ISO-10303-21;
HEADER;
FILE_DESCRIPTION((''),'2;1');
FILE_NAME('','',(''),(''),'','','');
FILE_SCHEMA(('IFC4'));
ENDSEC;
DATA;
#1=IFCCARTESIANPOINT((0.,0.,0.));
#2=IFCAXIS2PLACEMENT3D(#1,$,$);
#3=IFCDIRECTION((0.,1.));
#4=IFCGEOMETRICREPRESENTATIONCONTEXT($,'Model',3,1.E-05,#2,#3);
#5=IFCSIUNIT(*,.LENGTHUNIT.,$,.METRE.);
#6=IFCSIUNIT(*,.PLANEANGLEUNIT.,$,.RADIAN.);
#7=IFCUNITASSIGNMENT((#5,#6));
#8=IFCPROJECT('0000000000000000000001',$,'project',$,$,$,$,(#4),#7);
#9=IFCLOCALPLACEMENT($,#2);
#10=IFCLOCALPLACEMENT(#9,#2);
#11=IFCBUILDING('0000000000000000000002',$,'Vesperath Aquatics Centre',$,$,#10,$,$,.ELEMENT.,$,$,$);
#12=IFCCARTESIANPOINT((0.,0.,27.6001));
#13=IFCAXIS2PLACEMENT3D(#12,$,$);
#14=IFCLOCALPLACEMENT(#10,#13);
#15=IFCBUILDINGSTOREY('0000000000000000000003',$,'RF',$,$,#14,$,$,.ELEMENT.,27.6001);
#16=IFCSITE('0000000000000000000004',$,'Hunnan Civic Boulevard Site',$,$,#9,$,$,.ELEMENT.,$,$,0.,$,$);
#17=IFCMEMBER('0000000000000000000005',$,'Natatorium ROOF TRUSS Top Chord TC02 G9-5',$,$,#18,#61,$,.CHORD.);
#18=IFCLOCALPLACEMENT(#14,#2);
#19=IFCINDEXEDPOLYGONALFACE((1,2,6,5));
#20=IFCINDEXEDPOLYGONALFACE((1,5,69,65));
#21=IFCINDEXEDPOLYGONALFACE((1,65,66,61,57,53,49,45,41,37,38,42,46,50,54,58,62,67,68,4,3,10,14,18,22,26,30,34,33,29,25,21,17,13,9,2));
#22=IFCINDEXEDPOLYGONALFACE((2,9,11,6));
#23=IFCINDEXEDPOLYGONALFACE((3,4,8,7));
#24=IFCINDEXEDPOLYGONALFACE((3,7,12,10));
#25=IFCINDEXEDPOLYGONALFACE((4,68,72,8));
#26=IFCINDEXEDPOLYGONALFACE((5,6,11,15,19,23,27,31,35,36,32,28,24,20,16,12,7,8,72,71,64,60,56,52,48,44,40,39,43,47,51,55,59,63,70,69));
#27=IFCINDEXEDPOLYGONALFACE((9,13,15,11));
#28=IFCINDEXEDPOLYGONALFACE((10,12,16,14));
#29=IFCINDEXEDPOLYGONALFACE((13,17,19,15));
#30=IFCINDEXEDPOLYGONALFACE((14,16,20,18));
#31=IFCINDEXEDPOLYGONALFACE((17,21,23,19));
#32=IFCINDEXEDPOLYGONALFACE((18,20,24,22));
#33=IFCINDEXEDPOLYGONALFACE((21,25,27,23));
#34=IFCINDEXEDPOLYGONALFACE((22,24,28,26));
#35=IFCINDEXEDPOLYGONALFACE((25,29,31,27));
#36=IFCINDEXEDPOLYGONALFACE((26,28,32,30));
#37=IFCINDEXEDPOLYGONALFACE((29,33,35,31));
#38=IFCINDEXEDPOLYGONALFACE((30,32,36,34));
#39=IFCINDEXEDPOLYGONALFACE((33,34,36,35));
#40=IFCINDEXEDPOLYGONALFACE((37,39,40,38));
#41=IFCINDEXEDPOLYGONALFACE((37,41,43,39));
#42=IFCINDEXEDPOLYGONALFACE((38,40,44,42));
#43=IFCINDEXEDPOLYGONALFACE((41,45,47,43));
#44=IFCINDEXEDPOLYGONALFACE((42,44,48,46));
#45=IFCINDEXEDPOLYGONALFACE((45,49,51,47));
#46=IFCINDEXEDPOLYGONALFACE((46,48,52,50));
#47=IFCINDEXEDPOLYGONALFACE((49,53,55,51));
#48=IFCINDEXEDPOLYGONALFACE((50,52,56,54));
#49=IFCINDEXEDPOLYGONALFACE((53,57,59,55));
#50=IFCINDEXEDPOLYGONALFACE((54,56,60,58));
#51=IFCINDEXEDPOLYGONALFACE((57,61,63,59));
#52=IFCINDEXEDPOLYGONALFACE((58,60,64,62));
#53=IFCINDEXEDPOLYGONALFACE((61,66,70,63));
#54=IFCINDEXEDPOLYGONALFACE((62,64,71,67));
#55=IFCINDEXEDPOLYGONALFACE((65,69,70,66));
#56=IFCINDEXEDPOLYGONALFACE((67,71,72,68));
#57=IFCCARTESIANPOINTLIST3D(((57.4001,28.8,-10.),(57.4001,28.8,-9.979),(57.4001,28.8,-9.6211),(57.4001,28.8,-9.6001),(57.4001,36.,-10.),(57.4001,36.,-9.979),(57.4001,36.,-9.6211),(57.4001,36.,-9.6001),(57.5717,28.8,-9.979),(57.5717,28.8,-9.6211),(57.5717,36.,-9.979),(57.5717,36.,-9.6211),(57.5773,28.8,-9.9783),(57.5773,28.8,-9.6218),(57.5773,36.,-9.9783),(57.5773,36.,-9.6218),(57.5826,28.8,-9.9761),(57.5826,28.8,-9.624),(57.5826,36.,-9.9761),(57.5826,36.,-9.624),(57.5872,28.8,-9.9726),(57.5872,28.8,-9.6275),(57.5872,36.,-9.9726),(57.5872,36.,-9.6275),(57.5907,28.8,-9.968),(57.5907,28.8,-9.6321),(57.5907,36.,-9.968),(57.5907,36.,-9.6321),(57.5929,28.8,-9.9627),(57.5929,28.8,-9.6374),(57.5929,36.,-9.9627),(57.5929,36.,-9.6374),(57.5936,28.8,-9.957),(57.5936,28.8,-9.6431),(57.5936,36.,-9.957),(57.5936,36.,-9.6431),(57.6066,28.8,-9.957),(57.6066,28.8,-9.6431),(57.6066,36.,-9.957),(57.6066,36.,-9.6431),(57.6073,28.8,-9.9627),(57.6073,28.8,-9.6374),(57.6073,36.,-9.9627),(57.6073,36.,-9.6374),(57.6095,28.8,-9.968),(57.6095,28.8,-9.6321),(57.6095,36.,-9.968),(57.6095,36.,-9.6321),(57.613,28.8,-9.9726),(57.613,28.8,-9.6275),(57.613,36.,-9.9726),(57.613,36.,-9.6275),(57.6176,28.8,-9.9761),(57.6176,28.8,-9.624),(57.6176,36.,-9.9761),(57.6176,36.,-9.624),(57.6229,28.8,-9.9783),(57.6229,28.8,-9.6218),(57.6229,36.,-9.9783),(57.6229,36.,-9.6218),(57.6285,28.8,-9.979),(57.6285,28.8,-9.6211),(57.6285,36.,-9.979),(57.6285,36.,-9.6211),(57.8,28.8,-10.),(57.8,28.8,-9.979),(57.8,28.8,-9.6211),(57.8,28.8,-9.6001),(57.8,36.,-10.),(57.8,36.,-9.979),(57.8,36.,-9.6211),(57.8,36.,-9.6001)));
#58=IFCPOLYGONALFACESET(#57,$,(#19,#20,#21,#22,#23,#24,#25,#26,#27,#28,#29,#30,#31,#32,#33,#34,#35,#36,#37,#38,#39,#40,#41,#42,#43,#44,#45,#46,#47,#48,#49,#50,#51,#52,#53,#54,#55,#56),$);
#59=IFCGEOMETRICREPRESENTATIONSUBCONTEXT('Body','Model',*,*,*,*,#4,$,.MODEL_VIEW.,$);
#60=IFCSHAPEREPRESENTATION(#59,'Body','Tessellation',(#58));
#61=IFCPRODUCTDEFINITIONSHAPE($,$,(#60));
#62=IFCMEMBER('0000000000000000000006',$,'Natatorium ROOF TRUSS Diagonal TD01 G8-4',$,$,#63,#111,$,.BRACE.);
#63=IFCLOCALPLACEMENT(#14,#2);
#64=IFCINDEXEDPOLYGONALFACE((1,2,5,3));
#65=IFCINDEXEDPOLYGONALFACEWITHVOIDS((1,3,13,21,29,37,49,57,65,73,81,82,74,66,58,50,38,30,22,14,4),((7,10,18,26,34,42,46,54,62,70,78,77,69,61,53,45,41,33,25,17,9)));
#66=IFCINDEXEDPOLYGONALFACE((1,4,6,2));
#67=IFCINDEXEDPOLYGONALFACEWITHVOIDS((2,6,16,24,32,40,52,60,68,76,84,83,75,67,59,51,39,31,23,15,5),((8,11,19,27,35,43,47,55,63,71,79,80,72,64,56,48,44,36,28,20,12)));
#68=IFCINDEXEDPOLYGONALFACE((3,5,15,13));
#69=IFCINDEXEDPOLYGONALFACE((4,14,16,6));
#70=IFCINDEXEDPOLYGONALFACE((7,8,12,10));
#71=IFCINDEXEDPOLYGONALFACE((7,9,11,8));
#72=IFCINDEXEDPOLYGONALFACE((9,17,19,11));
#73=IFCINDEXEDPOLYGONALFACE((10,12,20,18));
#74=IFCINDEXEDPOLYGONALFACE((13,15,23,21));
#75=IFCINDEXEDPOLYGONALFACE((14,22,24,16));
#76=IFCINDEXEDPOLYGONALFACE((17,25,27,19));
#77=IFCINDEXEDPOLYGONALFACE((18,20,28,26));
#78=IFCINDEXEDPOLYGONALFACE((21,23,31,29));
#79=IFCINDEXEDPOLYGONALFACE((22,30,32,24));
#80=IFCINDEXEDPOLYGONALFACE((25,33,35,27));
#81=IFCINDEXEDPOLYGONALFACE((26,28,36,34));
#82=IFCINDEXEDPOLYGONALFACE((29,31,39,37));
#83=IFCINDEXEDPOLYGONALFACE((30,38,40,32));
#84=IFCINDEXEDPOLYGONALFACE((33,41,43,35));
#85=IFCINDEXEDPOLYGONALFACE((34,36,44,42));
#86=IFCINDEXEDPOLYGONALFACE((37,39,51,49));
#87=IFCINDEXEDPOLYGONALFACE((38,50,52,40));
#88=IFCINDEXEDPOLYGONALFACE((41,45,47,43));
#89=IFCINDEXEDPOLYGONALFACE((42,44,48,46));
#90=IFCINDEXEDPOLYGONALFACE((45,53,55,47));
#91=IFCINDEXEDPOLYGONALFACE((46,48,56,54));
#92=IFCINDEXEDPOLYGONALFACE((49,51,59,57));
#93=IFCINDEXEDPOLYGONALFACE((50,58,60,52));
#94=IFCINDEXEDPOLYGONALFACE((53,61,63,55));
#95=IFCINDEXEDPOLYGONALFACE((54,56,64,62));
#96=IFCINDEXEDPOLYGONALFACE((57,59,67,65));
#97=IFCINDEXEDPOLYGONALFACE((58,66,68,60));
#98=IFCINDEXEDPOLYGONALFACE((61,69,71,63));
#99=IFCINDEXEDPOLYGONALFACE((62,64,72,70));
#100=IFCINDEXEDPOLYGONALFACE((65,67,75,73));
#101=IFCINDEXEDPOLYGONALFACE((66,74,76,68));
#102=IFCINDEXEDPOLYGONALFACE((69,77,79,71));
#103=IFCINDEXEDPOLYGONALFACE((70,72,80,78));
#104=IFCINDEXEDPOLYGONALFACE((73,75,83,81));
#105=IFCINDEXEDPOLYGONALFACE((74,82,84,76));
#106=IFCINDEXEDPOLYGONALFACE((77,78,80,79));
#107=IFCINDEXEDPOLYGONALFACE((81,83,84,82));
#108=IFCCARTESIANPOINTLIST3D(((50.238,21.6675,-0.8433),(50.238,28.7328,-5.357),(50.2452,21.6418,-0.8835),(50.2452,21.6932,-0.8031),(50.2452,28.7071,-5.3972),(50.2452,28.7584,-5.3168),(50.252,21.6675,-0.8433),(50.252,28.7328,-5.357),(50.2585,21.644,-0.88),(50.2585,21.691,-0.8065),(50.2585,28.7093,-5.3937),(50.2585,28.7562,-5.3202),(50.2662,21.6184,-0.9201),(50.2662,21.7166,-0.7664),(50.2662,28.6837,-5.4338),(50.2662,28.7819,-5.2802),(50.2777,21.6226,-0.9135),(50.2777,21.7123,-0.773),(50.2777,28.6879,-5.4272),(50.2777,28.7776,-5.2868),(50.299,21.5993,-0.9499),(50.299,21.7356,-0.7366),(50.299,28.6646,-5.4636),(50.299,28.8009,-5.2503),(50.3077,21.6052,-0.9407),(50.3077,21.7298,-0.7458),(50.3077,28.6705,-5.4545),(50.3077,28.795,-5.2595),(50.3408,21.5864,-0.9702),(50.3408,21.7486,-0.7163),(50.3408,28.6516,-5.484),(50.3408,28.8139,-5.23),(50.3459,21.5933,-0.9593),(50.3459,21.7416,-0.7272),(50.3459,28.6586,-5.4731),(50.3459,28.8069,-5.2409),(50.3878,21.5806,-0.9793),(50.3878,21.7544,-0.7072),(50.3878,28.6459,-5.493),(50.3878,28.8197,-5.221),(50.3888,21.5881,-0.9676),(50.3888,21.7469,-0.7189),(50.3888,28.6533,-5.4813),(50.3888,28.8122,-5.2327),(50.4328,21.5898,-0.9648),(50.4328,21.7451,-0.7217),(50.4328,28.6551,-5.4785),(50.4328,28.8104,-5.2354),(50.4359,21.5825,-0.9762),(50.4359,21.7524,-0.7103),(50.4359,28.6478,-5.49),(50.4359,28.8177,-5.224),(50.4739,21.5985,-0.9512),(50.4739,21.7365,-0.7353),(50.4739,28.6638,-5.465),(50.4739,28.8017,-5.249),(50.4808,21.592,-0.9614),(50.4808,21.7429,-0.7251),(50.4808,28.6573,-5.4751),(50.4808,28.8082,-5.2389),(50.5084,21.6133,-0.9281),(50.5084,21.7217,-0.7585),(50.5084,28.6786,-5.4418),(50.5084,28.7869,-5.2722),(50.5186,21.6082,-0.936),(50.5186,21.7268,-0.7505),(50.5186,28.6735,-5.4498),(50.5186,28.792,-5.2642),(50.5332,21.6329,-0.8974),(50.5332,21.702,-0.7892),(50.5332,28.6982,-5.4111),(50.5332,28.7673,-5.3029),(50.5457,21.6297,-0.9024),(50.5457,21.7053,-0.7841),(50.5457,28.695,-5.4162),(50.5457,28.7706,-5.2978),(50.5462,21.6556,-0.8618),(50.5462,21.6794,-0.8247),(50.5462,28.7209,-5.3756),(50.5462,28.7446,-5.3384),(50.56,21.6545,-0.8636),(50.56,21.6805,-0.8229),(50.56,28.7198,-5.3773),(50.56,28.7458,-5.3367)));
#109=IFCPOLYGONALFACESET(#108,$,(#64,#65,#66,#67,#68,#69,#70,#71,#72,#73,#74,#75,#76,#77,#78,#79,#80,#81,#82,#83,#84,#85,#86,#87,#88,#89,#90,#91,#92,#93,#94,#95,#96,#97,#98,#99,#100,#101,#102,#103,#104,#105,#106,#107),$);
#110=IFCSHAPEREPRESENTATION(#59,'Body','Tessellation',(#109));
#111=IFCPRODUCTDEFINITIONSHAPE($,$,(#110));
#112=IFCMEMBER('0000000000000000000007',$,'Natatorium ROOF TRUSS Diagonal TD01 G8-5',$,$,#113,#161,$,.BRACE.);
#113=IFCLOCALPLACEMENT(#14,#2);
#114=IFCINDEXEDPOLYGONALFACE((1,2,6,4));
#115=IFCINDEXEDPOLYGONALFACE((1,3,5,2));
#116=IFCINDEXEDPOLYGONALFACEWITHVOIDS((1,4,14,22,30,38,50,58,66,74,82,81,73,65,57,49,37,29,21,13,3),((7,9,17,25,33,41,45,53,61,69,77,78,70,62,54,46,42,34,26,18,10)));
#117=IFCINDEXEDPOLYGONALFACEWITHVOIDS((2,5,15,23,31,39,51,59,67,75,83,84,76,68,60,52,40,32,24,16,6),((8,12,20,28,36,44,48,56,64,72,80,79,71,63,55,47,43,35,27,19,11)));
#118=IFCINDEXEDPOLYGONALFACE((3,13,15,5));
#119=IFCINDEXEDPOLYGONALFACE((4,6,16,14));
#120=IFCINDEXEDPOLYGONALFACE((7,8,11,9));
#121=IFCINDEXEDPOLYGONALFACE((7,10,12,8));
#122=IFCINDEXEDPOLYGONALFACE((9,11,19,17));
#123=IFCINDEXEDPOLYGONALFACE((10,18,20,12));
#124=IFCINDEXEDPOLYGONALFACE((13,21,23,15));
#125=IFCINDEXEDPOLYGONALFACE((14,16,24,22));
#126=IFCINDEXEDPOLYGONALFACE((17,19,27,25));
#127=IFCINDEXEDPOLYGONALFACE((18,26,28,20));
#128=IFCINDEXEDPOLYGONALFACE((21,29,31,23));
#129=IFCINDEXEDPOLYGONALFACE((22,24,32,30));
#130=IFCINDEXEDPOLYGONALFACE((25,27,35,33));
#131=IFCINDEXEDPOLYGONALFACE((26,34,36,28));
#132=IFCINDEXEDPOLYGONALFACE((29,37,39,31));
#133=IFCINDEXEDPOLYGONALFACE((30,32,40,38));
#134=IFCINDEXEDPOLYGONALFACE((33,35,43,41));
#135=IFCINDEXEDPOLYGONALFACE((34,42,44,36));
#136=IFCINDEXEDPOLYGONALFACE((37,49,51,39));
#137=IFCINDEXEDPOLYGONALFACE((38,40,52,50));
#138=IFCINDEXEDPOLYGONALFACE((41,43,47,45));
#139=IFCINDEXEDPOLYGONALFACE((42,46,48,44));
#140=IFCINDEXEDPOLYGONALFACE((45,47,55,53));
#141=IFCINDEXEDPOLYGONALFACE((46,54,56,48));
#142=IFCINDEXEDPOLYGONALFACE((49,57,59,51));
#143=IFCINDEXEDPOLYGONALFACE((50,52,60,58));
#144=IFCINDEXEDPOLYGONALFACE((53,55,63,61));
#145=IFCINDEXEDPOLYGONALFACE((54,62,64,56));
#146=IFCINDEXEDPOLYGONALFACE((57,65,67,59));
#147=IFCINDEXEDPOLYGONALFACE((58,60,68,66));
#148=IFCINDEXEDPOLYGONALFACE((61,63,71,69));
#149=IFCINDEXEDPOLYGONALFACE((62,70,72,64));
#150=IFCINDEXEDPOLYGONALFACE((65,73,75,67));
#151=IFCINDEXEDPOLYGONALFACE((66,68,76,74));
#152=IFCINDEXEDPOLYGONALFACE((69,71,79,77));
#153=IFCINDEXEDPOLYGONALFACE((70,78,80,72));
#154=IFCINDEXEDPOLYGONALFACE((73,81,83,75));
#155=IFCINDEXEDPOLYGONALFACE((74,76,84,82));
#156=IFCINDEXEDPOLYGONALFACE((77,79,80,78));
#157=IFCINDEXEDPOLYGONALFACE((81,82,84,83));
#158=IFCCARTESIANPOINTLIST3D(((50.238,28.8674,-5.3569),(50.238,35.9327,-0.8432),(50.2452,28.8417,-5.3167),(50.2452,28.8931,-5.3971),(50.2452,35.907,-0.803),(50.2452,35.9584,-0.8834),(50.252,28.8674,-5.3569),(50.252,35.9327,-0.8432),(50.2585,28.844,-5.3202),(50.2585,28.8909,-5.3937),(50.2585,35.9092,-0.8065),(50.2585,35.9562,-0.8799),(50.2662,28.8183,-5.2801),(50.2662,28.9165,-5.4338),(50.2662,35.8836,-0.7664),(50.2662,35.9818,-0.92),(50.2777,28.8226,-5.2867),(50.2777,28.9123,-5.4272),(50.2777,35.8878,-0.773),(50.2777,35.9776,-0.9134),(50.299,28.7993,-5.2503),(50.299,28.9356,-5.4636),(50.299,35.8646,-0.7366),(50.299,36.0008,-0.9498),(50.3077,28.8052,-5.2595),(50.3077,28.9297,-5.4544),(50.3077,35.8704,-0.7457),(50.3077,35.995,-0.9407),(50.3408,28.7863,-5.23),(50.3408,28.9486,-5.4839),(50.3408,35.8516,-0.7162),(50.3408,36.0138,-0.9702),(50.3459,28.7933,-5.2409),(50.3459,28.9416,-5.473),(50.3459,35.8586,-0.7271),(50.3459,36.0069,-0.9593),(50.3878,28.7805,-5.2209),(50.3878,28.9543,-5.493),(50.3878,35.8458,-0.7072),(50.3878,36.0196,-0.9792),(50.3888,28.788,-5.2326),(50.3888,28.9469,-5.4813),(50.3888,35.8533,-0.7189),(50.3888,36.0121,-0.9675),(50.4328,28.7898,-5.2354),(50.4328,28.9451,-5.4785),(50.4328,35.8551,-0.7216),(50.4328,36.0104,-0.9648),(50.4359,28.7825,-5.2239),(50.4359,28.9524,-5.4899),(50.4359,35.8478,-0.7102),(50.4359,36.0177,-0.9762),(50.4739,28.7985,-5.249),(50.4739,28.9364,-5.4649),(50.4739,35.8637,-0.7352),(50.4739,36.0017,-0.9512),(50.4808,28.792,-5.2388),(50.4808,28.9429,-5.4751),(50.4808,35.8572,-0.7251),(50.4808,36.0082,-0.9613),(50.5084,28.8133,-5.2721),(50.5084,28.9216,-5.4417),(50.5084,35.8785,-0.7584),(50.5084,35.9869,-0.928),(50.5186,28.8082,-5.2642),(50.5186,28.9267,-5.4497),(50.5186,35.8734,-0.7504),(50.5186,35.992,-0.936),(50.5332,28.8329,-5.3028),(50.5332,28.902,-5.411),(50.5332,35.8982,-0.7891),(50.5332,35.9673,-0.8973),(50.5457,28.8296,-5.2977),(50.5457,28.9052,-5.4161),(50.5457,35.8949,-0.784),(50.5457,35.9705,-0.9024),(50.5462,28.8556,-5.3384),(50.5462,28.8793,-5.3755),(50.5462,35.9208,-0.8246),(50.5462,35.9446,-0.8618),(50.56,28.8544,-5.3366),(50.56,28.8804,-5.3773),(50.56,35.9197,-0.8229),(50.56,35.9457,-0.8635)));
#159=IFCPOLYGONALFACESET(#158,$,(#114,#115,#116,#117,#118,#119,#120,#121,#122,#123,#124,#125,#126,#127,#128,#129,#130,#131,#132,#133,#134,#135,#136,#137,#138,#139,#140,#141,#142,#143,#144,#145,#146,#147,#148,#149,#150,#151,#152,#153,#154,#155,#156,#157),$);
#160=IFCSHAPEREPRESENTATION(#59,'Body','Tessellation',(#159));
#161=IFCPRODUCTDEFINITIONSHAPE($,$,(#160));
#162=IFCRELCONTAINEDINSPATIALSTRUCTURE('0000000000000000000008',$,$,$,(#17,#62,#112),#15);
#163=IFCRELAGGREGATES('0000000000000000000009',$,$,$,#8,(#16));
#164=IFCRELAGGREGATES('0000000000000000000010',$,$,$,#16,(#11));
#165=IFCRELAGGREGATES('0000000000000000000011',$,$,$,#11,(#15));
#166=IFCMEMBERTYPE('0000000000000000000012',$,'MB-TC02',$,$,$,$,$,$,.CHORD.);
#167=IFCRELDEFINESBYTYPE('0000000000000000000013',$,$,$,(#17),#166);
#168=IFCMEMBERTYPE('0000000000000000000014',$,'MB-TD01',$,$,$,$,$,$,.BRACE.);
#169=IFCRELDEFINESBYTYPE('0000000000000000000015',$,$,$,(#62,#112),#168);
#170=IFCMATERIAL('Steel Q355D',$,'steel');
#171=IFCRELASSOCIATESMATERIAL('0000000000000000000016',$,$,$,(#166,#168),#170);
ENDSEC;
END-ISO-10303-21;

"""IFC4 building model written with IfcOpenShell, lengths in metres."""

from ifc_helpers import new_model, si_unit, direction, frame, origin, origin_2d, place, context, subcontext, project, spatial, hollow_circle, i_section, extrude, material, material_profile, profile_set, type_object, element, save


model = new_model("IFC4")

# Units and contexts
model_context = context("Model", 3, precision=1e-05, world=origin(), true_north=direction((0.0, 1.0)))
body_context = subcontext(model_context, "Body", "Model", "MODEL_VIEW")
ifc_project = project(units=[si_unit("LENGTHUNIT", "METRE"), si_unit("PLANEANGLEUNIT", "RADIAN")], contexts=[model_context])

# Site, building, storey
site_placement = place(None, origin())
site = spatial("IfcSite", under=ifc_project, at=site_placement, Name="Hunnan Civic Boulevard Site", CompositionType="ELEMENT", RefElevation=0.0)
building_placement = place(site_placement, origin())
building = spatial("IfcBuilding", under=site, at=building_placement, Name="Vesperath Aquatics Centre", CompositionType="ELEMENT")
storey_placement = place(building_placement, frame((0.0, 0.0, 27.6001)))
storey = spatial("IfcBuildingStorey", under=building, at=storey_placement, Name="RF", CompositionType="ELEMENT", Elevation=27.6001)

# Members
ifc_material_1 = material(Name="Steel Q355D", Category="steel")
ifc_material_profile_1 = material_profile(ifc_material_1, i_section(OverallWidth=0.3999, OverallDepth=0.3999, WebThickness=0.0129, FlangeThickness=0.021, FilletRadius=0.022, at=origin_2d()), Name="HW 400x400x13x21")
ifc_profile_set_1 = profile_set([ifc_material_profile_1], Name="Steel Q355D")
member_type_1 = type_object("IfcMemberType", Name="MB-TC02", PredefinedType="CHORD", material=ifc_profile_set_1)
for number, where, z_axis, x_axis, name in (
    (1, (57.6001, 28.8, -9.8), (0.0, 1.0, 0.0), (-1.0, 0.0, 0.0), "Natatorium ROOF TRUSS Top Chord TC02 G9-5"),
):
    element("IfcMember", number, at=place(storey_placement, frame(where, z_axis=z_axis, x_axis=x_axis)), inside=storey, type_object=member_type_1, Name=name, PredefinedType="CHORD", context=body_context, shape_type="SweptSolid", body=[
        extrude(i_section(OverallWidth=0.3999, OverallDepth=0.3999, WebThickness=0.0129, FlangeThickness=0.021, FilletRadius=0.022, at=origin_2d()), origin(), (0.0, 0.0, 1.0), 7.2),
    ])
ifc_material_profile_2 = material_profile(ifc_material_1, hollow_circle(Radius=0.1619, WallThickness=0.0139, at=origin_2d()), Name="CHS 323.9x14")
ifc_profile_set_2 = profile_set([ifc_material_profile_2], Name="Steel Q355D")
member_type_2 = type_object("IfcMemberType", Name="MB-TD01", PredefinedType="BRACE", material=ifc_profile_set_2)
for number, where, z_axis, x_axis, name in (
    (2, (50.3999, 21.6675, -0.8433), (0.0, 0.842707, -0.538373), (-1.0, 0.0, 0.0), "Natatorium ROOF TRUSS Diagonal TD01 G8-4"),
    (3, (50.3999, 28.8674, -5.3569), (0.0, 0.842707, 0.538373), (-1.0, 0.0, 0.0), "Natatorium ROOF TRUSS Diagonal TD01 G8-5"),
):
    element("IfcMember", number, at=place(storey_placement, frame(where, z_axis=z_axis, x_axis=x_axis)), inside=storey, type_object=member_type_2, Name=name, PredefinedType="BRACE", context=body_context, shape_type="SweptSolid", body=[
        extrude(hollow_circle(Radius=0.1619, WallThickness=0.0139, at=origin_2d()), origin(), (0.0, 0.0, 1.0), 8.384),
    ])

save(model, "model.ifc")
